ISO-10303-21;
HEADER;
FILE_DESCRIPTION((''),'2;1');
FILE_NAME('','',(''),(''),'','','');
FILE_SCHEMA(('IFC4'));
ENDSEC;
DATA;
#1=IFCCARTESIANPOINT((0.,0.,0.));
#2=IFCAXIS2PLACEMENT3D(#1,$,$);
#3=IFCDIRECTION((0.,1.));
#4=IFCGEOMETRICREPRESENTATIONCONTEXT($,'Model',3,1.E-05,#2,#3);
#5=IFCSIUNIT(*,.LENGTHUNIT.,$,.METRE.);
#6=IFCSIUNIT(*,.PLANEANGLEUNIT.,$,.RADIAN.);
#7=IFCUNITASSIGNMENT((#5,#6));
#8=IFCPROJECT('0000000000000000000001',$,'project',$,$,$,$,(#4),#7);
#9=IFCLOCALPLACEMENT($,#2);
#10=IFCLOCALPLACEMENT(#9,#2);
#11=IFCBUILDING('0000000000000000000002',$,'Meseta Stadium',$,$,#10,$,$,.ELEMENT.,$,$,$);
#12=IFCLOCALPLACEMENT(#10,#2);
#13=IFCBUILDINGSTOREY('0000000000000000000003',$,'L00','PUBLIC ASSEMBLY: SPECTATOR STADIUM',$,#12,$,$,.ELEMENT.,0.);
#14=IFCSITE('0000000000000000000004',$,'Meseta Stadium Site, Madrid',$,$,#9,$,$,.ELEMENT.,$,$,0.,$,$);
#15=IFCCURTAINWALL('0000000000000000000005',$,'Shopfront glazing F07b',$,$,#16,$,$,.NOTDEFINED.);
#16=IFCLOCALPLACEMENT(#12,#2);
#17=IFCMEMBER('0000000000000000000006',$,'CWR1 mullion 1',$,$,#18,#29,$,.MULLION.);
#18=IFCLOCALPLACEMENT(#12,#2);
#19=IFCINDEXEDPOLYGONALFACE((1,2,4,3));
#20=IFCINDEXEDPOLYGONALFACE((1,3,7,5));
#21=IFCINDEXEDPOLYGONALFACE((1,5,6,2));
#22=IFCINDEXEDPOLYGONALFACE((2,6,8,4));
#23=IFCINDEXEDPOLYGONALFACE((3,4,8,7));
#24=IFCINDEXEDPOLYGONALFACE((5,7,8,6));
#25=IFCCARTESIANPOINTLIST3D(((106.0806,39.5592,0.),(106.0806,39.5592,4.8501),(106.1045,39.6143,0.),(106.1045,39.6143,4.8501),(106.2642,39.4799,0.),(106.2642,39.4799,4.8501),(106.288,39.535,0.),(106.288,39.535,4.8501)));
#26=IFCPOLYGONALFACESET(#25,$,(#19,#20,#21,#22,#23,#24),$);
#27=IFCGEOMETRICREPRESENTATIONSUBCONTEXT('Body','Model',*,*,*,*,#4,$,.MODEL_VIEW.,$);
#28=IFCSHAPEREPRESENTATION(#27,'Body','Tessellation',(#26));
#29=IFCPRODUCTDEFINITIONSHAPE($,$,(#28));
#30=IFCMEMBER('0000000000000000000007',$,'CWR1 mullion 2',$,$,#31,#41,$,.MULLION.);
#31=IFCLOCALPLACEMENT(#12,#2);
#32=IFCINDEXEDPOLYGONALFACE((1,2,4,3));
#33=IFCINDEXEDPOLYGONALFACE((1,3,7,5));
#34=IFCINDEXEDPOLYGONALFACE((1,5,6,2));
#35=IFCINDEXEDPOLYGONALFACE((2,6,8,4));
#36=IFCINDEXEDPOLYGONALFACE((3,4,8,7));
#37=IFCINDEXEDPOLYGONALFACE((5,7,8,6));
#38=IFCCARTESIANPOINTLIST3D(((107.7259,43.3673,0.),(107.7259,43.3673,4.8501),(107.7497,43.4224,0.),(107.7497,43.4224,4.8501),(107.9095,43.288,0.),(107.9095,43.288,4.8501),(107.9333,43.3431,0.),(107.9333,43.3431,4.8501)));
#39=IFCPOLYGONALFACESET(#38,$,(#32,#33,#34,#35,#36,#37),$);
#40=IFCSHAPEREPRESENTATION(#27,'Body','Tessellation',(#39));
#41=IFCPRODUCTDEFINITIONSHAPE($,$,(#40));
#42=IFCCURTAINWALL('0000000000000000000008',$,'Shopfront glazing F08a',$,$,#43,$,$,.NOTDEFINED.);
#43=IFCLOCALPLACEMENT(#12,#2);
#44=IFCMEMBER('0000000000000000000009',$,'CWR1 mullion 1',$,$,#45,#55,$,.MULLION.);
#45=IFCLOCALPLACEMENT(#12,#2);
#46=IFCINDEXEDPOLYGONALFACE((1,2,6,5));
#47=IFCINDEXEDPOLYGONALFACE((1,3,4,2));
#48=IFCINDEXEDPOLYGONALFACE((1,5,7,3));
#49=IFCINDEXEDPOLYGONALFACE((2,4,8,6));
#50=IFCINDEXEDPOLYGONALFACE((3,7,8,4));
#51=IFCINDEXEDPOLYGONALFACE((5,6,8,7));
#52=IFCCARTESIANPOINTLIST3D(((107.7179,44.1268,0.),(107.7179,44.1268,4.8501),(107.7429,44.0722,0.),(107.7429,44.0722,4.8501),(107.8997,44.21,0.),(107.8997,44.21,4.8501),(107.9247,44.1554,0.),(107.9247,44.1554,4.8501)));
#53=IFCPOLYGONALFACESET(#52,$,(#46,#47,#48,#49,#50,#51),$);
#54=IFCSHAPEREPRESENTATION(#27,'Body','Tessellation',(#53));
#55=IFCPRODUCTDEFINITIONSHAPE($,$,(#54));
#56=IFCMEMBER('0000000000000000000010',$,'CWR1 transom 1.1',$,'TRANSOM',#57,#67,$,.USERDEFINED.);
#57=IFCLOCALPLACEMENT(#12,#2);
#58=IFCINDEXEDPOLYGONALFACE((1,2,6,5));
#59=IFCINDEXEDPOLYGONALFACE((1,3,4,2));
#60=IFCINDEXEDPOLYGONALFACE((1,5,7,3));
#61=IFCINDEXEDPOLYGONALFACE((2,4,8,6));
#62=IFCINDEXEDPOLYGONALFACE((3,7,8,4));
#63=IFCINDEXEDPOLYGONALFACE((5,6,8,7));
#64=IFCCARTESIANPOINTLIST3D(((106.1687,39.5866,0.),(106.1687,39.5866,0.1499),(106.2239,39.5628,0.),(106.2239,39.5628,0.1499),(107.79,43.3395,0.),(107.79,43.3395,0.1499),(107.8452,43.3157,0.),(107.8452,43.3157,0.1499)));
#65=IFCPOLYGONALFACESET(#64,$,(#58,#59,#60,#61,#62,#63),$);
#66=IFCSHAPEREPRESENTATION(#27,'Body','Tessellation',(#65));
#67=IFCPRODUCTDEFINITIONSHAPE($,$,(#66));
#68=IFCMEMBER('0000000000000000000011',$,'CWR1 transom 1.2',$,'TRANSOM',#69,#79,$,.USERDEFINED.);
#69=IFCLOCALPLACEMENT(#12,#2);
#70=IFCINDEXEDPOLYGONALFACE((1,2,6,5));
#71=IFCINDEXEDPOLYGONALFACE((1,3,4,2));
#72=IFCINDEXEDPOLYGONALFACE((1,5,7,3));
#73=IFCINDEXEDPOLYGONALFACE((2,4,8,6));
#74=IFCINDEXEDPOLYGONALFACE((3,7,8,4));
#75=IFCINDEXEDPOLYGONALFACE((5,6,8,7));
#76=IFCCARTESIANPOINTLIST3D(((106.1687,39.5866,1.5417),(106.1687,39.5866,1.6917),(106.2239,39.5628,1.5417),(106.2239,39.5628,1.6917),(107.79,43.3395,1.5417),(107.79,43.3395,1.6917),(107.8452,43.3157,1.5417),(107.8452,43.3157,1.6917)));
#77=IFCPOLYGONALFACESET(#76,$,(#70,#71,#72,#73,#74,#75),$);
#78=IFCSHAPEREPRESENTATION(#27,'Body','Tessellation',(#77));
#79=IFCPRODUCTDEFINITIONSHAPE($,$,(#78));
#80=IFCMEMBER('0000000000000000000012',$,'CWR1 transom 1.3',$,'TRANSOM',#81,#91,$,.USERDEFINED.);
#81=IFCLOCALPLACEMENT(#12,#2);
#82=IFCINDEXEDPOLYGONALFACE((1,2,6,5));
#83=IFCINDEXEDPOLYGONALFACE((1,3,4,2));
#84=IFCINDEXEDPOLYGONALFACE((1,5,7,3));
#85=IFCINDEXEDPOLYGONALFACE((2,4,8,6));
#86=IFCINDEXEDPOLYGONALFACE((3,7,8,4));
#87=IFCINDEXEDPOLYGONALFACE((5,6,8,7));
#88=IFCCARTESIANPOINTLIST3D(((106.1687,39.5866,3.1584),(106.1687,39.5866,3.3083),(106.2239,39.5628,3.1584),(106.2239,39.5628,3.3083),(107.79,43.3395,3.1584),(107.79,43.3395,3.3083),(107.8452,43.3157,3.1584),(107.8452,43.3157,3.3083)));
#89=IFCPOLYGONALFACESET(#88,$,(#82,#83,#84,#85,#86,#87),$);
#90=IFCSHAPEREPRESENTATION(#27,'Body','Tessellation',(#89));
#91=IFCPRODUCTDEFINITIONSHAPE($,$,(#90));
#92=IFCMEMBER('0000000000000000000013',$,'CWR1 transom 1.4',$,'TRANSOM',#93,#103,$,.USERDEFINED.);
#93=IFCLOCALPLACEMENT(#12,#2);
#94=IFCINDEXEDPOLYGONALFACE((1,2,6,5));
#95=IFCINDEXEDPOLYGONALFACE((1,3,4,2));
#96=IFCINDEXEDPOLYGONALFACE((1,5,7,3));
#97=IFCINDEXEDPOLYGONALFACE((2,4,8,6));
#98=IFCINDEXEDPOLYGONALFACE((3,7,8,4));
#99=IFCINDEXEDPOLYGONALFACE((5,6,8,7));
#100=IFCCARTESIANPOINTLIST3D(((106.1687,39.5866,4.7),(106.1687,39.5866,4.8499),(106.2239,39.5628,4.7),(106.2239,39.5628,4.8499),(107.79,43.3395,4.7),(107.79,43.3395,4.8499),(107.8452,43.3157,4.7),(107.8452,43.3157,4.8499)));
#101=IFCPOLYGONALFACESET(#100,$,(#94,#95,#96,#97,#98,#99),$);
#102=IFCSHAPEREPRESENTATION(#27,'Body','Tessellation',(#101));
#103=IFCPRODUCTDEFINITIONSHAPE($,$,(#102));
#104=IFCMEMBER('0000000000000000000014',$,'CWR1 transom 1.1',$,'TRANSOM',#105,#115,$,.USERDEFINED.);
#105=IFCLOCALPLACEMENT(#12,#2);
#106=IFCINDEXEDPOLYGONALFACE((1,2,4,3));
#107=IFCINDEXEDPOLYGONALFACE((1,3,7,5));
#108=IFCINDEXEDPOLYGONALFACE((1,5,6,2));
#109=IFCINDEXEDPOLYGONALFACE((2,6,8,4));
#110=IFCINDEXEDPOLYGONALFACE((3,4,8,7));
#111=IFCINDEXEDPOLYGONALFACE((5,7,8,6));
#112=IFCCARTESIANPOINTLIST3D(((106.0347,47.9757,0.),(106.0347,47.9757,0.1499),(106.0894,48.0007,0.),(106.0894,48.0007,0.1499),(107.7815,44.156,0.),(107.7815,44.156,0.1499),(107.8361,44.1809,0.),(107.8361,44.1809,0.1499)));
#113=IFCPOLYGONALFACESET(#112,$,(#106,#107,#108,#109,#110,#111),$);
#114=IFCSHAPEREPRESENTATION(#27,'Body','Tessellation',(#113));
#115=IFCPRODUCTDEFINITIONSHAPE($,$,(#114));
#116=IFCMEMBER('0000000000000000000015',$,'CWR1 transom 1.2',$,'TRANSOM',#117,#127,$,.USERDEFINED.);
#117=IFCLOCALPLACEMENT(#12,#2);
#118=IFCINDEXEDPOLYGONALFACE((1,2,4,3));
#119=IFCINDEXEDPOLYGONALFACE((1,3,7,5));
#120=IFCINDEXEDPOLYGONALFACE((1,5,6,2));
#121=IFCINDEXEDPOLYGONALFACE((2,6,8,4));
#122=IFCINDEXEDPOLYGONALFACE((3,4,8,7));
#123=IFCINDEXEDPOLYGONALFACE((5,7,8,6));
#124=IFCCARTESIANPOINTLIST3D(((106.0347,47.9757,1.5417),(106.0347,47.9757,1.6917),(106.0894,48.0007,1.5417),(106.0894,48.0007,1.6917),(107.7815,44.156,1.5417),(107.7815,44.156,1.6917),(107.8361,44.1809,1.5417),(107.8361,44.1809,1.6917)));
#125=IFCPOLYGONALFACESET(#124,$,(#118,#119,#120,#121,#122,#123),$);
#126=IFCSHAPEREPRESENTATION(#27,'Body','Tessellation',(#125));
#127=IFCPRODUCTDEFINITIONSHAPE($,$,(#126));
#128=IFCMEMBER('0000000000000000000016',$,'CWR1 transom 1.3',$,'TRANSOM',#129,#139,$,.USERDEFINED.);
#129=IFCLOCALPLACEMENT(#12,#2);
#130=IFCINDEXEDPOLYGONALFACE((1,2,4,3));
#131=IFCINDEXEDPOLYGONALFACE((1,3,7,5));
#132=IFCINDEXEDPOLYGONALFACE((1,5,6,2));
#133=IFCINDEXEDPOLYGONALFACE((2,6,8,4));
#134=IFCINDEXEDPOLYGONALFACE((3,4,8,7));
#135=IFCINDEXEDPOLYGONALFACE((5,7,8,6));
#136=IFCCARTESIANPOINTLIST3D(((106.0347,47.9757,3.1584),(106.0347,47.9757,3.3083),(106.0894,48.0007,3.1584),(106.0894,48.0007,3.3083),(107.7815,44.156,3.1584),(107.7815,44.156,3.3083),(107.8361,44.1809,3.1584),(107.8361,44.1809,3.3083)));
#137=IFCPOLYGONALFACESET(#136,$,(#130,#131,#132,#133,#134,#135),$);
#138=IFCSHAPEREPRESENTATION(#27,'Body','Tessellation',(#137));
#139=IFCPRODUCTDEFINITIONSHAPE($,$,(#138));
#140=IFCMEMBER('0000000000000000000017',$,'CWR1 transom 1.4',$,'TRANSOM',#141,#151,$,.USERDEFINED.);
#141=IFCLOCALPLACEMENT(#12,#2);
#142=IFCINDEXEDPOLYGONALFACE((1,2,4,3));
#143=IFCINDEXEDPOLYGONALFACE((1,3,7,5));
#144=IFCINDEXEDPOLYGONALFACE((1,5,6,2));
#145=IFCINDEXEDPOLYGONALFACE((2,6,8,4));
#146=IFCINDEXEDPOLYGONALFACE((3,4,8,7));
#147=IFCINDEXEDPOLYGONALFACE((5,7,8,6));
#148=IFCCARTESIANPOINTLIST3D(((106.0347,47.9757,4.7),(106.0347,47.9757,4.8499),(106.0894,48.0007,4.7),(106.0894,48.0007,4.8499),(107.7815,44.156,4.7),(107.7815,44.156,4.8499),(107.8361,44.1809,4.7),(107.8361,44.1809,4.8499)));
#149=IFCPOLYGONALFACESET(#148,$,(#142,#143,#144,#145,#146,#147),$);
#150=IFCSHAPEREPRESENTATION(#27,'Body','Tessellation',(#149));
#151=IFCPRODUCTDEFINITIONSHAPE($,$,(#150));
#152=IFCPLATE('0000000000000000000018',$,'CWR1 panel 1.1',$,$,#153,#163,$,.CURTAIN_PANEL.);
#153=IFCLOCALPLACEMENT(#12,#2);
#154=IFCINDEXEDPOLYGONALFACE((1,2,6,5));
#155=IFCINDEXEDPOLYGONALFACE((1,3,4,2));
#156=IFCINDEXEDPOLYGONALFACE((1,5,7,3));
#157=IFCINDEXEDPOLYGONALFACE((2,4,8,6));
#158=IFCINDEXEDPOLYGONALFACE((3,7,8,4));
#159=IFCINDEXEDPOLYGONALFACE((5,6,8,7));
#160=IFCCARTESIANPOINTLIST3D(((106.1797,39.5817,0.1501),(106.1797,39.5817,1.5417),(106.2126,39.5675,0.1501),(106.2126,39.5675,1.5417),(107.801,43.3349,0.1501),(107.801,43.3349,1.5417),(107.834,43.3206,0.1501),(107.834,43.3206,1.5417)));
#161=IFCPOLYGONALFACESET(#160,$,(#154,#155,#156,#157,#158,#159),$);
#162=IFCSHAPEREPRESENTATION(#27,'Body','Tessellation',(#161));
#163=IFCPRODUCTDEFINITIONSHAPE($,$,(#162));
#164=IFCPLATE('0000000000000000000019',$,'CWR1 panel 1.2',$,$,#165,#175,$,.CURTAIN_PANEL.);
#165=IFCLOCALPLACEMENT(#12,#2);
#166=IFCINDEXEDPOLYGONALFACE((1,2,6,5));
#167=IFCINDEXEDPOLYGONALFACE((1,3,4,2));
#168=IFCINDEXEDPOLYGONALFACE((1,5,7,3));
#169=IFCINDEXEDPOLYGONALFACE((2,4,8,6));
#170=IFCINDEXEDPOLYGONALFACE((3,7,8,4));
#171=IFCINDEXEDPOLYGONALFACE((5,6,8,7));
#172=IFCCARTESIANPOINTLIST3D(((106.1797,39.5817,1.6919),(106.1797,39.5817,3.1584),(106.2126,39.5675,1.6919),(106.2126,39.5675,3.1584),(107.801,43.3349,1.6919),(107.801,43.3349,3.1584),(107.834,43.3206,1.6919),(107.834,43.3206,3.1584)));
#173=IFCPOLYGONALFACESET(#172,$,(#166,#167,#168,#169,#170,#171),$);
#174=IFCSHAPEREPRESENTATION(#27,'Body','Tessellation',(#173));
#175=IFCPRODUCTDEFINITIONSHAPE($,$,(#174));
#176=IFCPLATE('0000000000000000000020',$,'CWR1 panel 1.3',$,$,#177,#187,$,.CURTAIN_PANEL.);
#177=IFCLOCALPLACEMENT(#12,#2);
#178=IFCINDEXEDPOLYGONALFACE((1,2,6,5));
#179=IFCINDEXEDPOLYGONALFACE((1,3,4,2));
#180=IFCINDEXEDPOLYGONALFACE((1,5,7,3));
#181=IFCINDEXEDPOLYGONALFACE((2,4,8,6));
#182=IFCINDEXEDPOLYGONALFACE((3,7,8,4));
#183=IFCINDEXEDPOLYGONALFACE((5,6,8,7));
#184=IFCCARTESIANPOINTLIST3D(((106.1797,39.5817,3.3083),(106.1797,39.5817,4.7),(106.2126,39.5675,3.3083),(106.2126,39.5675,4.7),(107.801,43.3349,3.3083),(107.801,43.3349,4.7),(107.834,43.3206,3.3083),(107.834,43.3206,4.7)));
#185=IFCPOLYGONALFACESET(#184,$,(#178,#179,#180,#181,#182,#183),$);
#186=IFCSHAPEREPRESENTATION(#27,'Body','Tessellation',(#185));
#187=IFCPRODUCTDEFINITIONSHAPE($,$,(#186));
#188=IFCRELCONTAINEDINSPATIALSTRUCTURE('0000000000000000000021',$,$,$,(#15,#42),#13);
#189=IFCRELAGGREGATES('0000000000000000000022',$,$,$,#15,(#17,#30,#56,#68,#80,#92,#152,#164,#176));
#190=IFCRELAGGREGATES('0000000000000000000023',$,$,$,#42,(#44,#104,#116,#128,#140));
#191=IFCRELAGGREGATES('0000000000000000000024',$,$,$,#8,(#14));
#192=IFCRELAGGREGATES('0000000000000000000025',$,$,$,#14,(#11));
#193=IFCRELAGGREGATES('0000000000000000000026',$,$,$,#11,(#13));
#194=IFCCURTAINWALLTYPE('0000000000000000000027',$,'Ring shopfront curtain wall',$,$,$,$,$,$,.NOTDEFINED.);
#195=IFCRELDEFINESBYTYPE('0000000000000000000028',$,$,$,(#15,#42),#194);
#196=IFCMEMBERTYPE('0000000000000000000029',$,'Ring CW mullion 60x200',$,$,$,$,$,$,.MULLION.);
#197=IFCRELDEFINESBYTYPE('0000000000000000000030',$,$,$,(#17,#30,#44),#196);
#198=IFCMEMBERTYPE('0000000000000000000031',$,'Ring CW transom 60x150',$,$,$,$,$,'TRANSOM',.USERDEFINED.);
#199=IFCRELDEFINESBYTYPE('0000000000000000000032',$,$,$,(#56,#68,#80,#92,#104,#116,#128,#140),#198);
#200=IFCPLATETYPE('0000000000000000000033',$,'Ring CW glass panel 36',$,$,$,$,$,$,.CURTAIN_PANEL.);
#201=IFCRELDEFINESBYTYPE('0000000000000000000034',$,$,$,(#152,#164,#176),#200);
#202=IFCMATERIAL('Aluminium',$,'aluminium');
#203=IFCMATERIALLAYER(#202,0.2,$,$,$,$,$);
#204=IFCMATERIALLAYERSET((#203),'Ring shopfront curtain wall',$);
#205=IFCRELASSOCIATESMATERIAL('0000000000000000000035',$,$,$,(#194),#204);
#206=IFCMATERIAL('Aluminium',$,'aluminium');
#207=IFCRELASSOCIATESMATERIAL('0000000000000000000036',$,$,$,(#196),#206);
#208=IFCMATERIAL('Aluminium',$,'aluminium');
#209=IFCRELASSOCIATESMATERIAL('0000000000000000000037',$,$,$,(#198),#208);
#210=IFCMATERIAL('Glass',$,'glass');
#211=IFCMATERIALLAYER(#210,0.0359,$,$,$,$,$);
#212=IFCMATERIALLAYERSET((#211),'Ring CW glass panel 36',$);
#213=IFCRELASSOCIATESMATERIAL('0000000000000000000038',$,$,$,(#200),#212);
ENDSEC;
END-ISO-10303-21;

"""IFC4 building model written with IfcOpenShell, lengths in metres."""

from ifc_helpers import new_model, si_unit, direction, frame, origin, origin_2d, place, context, subcontext, project, spatial, rectangle, extrude, material, layer, layer_set, material_profile, profile_set, type_object, element, aggregate, save


model = new_model("IFC4")

# Units and contexts
model_context = context("Model", 3, precision=1e-05, world=origin(), true_north=direction((0.0, 1.0)))
body_context = subcontext(model_context, "Body", "Model", "MODEL_VIEW")
ifc_project = project(units=[si_unit("LENGTHUNIT", "METRE"), si_unit("PLANEANGLEUNIT", "RADIAN")], contexts=[model_context])

# Site, building, storey
site_placement = place(None, origin())
site = spatial("IfcSite", under=ifc_project, at=site_placement, Name="Meseta Stadium Site, Madrid", CompositionType="ELEMENT", RefElevation=0.0)
building_placement = place(site_placement, origin())
building = spatial("IfcBuilding", under=site, at=building_placement, Name="Meseta Stadium", CompositionType="ELEMENT")
storey_placement = place(building_placement, origin())
storey = spatial("IfcBuildingStorey", under=building, at=storey_placement, Name="L00", Description="PUBLIC ASSEMBLY: SPECTATOR STADIUM", CompositionType="ELEMENT", Elevation=0.0)

# Curtain wall, members
ifc_material_1 = material(Name="Aluminium", Category="aluminium")
ifc_layer_1 = layer(ifc_material_1, 0.2)
ifc_layer_set_1 = layer_set([ifc_layer_1], Name="Ring shopfront curtain wall")
curtain_wall_type = type_object("IfcCurtainWallType", Name="Ring shopfront curtain wall", PredefinedType="NOTDEFINED", material=ifc_layer_set_1)
curtain_wall_1_placement = place(storey_placement, origin())
curtain_wall_1 = element("IfcCurtainWall", 1, at=curtain_wall_1_placement, inside=storey, type_object=curtain_wall_type, Name="Shopfront glazing F07b", PredefinedType="NOTDEFINED")
ifc_material_2 = material(Name="Aluminium", Category="aluminium")
ifc_material_profile_1 = material_profile(ifc_material_2, rectangle(XDim=0.2, YDim=0.0601, at=origin_2d()), Name="CW 200x60")
ifc_profile_set_1 = profile_set([ifc_material_profile_1], Name="Aluminium")
member_type_1 = type_object("IfcMemberType", Name="Ring CW mullion 60x200", PredefinedType="MULLION", material=ifc_profile_set_1)
member_1_placement = place(storey_placement, frame((106.1843, 39.5471, 0.0), z_axis=(0.0, 0.0, 1.0), x_axis=(-0.918002, 0.396576, 0.0)))
member_1 = element("IfcMember", 2, at=member_1_placement, type_object=member_type_1, Name="CWR1 mullion 1", PredefinedType="MULLION", context=body_context, shape_type="SweptSolid", body=[
    extrude(rectangle(XDim=0.2, YDim=0.0601, at=origin_2d()), origin(), (0.0, 0.0, 1.0), 4.8501),
])
member_2_placement = place(storey_placement, frame((107.8296, 43.3552, 0.0), z_axis=(0.0, 0.0, 1.0), x_axis=(-0.918002, 0.396576, 0.0)))
member_2 = element("IfcMember", 3, at=member_2_placement, type_object=member_type_1, Name="CWR1 mullion 2", PredefinedType="MULLION", context=body_context, shape_type="SweptSolid", body=[
    extrude(rectangle(XDim=0.2, YDim=0.0601, at=origin_2d()), origin(), (0.0, 0.0, 1.0), 4.8501),
])

# Curtain wall, member
curtain_wall_2_placement = place(storey_placement, origin())
curtain_wall_2 = element("IfcCurtainWall", 4, at=curtain_wall_2_placement, inside=storey, type_object=curtain_wall_type, Name="Shopfront glazing F08a", PredefinedType="NOTDEFINED")
member_3_placement = place(storey_placement, frame((107.8213, 44.1411, 0.0), z_axis=(0.0, 0.0, 1.0), x_axis=(-0.909427, -0.415863, 0.0)))
member_3 = element("IfcMember", 5, at=member_3_placement, type_object=member_type_1, Name="CWR1 mullion 1", PredefinedType="MULLION", context=body_context, shape_type="SweptSolid", body=[
    extrude(rectangle(XDim=0.2, YDim=0.0601, at=origin_2d()), origin(), (0.0, 0.0, 1.0), 4.8501),
])

# Members
ifc_material_3 = material(Name="Aluminium", Category="aluminium")
ifc_material_profile_2 = material_profile(ifc_material_3, rectangle(XDim=0.0601, YDim=0.1499, at=origin_2d()), Name="CW 60x150")
ifc_profile_set_2 = profile_set([ifc_material_profile_2], Name="Aluminium")
member_type_2 = type_object("IfcMemberType", Name="Ring CW transom 60x150", ElementType="TRANSOM", PredefinedType="USERDEFINED", material=ifc_profile_set_2)
member_4_placement = place(storey_placement, frame((106.1963, 39.5747, 0.075), z_axis=(0.396592, 0.917995, 0.0), x_axis=(-0.917995, 0.396592, 0.0)))
member_4 = element("IfcMember", 6, at=member_4_placement, type_object=member_type_2, Name="CWR1 transom 1.1", ObjectType="TRANSOM", PredefinedType="USERDEFINED", context=body_context, shape_type="SweptSolid", body=[
    extrude(rectangle(XDim=0.0601, YDim=0.1499, at=origin_2d()), origin(), (0.0, 0.0, 1.0), 4.0881),
])
member_5_placement = place(storey_placement, frame((106.1963, 39.5747, 1.6167), z_axis=(0.396592, 0.917995, 0.0), x_axis=(-0.917995, 0.396592, 0.0)))
member_5 = element("IfcMember", 7, at=member_5_placement, type_object=member_type_2, Name="CWR1 transom 1.2", ObjectType="TRANSOM", PredefinedType="USERDEFINED", context=body_context, shape_type="SweptSolid", body=[
    extrude(rectangle(XDim=0.0601, YDim=0.1499, at=origin_2d()), origin(), (0.0, 0.0, 1.0), 4.0881),
])
member_6_placement = place(storey_placement, frame((106.1963, 39.5747, 3.2334), z_axis=(0.396592, 0.917995, 0.0), x_axis=(-0.917995, 0.396592, 0.0)))
member_6 = element("IfcMember", 8, at=member_6_placement, type_object=member_type_2, Name="CWR1 transom 1.3", ObjectType="TRANSOM", PredefinedType="USERDEFINED", context=body_context, shape_type="SweptSolid", body=[
    extrude(rectangle(XDim=0.0601, YDim=0.1499, at=origin_2d()), origin(), (0.0, 0.0, 1.0), 4.0881),
])
member_7_placement = place(storey_placement, frame((106.1963, 39.5747, 4.7749), z_axis=(0.396592, 0.917995, 0.0), x_axis=(-0.917995, 0.396592, 0.0)))
member_7 = element("IfcMember", 9, at=member_7_placement, type_object=member_type_2, Name="CWR1 transom 1.4", ObjectType="TRANSOM", PredefinedType="USERDEFINED", context=body_context, shape_type="SweptSolid", body=[
    extrude(rectangle(XDim=0.0601, YDim=0.1499, at=origin_2d()), origin(), (0.0, 0.0, 1.0), 4.0881),
])
member_8_placement = place(storey_placement, frame((107.8088, 44.1685, 0.075), z_axis=(-0.415882, 0.909419, 0.0), x_axis=(-0.909419, -0.415882, 0.0)))
member_8 = element("IfcMember", 10, at=member_8_placement, type_object=member_type_2, Name="CWR1 transom 1.1", ObjectType="TRANSOM", PredefinedType="USERDEFINED", context=body_context, shape_type="SweptSolid", body=[
    extrude(rectangle(XDim=0.0601, YDim=0.1499, at=origin_2d()), origin(), (0.0, 0.0, 1.0), 4.2002),
])
member_9_placement = place(storey_placement, frame((107.8088, 44.1685, 1.6167), z_axis=(-0.415882, 0.909419, 0.0), x_axis=(-0.909419, -0.415882, 0.0)))
member_9 = element("IfcMember", 11, at=member_9_placement, type_object=member_type_2, Name="CWR1 transom 1.2", ObjectType="TRANSOM", PredefinedType="USERDEFINED", context=body_context, shape_type="SweptSolid", body=[
    extrude(rectangle(XDim=0.0601, YDim=0.1499, at=origin_2d()), origin(), (0.0, 0.0, 1.0), 4.2002),
])
member_10_placement = place(storey_placement, frame((107.8088, 44.1685, 3.2334), z_axis=(-0.415882, 0.909419, 0.0), x_axis=(-0.909419, -0.415882, 0.0)))
member_10 = element("IfcMember", 12, at=member_10_placement, type_object=member_type_2, Name="CWR1 transom 1.3", ObjectType="TRANSOM", PredefinedType="USERDEFINED", context=body_context, shape_type="SweptSolid", body=[
    extrude(rectangle(XDim=0.0601, YDim=0.1499, at=origin_2d()), origin(), (0.0, 0.0, 1.0), 4.2002),
])
member_11_placement = place(storey_placement, frame((107.8088, 44.1685, 4.7749), z_axis=(-0.415882, 0.909419, 0.0), x_axis=(-0.909419, -0.415882, 0.0)))
member_11 = element("IfcMember", 13, at=member_11_placement, type_object=member_type_2, Name="CWR1 transom 1.4", ObjectType="TRANSOM", PredefinedType="USERDEFINED", context=body_context, shape_type="SweptSolid", body=[
    extrude(rectangle(XDim=0.0601, YDim=0.1499, at=origin_2d()), origin(), (0.0, 0.0, 1.0), 4.2002),
])

# Plates
ifc_material_4 = material(Name="Glass", Category="glass")
ifc_layer_2 = layer(ifc_material_4, 0.0359)
ifc_layer_set_2 = layer_set([ifc_layer_2], Name="Ring CW glass panel 36")
plate_type = type_object("IfcPlateType", Name="Ring CW glass panel 36", PredefinedType="CURTAIN_PANEL", material=ifc_layer_set_2)
plate_1_placement = place(storey_placement, frame((107.0068, 41.4512, 0.1501), z_axis=(0.0, 0.0, 1.0), x_axis=(0.396576, 0.918002, 0.0)))
plate_1 = element("IfcPlate", 14, at=plate_1_placement, type_object=plate_type, Name="CWR1 panel 1.1", PredefinedType="CURTAIN_PANEL", context=body_context, shape_type="SweptSolid", body=[
    extrude(rectangle(XDim=4.0884, YDim=0.0359, at=origin_2d()), origin(), (0.0, 0.0, 1.0), 1.3916),
])
plate_2_placement = place(storey_placement, frame((107.0068, 41.4512, 1.6919), z_axis=(0.0, 0.0, 1.0), x_axis=(0.396576, 0.918002, 0.0)))
plate_2 = element("IfcPlate", 15, at=plate_2_placement, type_object=plate_type, Name="CWR1 panel 1.2", PredefinedType="CURTAIN_PANEL", context=body_context, shape_type="SweptSolid", body=[
    extrude(rectangle(XDim=4.0884, YDim=0.0359, at=origin_2d()), origin(), (0.0, 0.0, 1.0), 1.4666),
])
plate_3_placement = place(storey_placement, frame((107.0068, 41.4512, 3.3083), z_axis=(0.0, 0.0, 1.0), x_axis=(0.396576, 0.918002, 0.0)))
plate_3 = element("IfcPlate", 16, at=plate_3_placement, type_object=plate_type, Name="CWR1 panel 1.3", PredefinedType="CURTAIN_PANEL", context=body_context, shape_type="SweptSolid", body=[
    extrude(rectangle(XDim=4.0884, YDim=0.0359, at=origin_2d()), origin(), (0.0, 0.0, 1.0), 1.3916),
])
aggregate(curtain_wall_1, [member_1, member_2, member_4, member_5, member_6, member_7, plate_1, plate_2, plate_3])
aggregate(curtain_wall_2, [member_3, member_8, member_9, member_10, member_11])

save(model, "model.ifc")
